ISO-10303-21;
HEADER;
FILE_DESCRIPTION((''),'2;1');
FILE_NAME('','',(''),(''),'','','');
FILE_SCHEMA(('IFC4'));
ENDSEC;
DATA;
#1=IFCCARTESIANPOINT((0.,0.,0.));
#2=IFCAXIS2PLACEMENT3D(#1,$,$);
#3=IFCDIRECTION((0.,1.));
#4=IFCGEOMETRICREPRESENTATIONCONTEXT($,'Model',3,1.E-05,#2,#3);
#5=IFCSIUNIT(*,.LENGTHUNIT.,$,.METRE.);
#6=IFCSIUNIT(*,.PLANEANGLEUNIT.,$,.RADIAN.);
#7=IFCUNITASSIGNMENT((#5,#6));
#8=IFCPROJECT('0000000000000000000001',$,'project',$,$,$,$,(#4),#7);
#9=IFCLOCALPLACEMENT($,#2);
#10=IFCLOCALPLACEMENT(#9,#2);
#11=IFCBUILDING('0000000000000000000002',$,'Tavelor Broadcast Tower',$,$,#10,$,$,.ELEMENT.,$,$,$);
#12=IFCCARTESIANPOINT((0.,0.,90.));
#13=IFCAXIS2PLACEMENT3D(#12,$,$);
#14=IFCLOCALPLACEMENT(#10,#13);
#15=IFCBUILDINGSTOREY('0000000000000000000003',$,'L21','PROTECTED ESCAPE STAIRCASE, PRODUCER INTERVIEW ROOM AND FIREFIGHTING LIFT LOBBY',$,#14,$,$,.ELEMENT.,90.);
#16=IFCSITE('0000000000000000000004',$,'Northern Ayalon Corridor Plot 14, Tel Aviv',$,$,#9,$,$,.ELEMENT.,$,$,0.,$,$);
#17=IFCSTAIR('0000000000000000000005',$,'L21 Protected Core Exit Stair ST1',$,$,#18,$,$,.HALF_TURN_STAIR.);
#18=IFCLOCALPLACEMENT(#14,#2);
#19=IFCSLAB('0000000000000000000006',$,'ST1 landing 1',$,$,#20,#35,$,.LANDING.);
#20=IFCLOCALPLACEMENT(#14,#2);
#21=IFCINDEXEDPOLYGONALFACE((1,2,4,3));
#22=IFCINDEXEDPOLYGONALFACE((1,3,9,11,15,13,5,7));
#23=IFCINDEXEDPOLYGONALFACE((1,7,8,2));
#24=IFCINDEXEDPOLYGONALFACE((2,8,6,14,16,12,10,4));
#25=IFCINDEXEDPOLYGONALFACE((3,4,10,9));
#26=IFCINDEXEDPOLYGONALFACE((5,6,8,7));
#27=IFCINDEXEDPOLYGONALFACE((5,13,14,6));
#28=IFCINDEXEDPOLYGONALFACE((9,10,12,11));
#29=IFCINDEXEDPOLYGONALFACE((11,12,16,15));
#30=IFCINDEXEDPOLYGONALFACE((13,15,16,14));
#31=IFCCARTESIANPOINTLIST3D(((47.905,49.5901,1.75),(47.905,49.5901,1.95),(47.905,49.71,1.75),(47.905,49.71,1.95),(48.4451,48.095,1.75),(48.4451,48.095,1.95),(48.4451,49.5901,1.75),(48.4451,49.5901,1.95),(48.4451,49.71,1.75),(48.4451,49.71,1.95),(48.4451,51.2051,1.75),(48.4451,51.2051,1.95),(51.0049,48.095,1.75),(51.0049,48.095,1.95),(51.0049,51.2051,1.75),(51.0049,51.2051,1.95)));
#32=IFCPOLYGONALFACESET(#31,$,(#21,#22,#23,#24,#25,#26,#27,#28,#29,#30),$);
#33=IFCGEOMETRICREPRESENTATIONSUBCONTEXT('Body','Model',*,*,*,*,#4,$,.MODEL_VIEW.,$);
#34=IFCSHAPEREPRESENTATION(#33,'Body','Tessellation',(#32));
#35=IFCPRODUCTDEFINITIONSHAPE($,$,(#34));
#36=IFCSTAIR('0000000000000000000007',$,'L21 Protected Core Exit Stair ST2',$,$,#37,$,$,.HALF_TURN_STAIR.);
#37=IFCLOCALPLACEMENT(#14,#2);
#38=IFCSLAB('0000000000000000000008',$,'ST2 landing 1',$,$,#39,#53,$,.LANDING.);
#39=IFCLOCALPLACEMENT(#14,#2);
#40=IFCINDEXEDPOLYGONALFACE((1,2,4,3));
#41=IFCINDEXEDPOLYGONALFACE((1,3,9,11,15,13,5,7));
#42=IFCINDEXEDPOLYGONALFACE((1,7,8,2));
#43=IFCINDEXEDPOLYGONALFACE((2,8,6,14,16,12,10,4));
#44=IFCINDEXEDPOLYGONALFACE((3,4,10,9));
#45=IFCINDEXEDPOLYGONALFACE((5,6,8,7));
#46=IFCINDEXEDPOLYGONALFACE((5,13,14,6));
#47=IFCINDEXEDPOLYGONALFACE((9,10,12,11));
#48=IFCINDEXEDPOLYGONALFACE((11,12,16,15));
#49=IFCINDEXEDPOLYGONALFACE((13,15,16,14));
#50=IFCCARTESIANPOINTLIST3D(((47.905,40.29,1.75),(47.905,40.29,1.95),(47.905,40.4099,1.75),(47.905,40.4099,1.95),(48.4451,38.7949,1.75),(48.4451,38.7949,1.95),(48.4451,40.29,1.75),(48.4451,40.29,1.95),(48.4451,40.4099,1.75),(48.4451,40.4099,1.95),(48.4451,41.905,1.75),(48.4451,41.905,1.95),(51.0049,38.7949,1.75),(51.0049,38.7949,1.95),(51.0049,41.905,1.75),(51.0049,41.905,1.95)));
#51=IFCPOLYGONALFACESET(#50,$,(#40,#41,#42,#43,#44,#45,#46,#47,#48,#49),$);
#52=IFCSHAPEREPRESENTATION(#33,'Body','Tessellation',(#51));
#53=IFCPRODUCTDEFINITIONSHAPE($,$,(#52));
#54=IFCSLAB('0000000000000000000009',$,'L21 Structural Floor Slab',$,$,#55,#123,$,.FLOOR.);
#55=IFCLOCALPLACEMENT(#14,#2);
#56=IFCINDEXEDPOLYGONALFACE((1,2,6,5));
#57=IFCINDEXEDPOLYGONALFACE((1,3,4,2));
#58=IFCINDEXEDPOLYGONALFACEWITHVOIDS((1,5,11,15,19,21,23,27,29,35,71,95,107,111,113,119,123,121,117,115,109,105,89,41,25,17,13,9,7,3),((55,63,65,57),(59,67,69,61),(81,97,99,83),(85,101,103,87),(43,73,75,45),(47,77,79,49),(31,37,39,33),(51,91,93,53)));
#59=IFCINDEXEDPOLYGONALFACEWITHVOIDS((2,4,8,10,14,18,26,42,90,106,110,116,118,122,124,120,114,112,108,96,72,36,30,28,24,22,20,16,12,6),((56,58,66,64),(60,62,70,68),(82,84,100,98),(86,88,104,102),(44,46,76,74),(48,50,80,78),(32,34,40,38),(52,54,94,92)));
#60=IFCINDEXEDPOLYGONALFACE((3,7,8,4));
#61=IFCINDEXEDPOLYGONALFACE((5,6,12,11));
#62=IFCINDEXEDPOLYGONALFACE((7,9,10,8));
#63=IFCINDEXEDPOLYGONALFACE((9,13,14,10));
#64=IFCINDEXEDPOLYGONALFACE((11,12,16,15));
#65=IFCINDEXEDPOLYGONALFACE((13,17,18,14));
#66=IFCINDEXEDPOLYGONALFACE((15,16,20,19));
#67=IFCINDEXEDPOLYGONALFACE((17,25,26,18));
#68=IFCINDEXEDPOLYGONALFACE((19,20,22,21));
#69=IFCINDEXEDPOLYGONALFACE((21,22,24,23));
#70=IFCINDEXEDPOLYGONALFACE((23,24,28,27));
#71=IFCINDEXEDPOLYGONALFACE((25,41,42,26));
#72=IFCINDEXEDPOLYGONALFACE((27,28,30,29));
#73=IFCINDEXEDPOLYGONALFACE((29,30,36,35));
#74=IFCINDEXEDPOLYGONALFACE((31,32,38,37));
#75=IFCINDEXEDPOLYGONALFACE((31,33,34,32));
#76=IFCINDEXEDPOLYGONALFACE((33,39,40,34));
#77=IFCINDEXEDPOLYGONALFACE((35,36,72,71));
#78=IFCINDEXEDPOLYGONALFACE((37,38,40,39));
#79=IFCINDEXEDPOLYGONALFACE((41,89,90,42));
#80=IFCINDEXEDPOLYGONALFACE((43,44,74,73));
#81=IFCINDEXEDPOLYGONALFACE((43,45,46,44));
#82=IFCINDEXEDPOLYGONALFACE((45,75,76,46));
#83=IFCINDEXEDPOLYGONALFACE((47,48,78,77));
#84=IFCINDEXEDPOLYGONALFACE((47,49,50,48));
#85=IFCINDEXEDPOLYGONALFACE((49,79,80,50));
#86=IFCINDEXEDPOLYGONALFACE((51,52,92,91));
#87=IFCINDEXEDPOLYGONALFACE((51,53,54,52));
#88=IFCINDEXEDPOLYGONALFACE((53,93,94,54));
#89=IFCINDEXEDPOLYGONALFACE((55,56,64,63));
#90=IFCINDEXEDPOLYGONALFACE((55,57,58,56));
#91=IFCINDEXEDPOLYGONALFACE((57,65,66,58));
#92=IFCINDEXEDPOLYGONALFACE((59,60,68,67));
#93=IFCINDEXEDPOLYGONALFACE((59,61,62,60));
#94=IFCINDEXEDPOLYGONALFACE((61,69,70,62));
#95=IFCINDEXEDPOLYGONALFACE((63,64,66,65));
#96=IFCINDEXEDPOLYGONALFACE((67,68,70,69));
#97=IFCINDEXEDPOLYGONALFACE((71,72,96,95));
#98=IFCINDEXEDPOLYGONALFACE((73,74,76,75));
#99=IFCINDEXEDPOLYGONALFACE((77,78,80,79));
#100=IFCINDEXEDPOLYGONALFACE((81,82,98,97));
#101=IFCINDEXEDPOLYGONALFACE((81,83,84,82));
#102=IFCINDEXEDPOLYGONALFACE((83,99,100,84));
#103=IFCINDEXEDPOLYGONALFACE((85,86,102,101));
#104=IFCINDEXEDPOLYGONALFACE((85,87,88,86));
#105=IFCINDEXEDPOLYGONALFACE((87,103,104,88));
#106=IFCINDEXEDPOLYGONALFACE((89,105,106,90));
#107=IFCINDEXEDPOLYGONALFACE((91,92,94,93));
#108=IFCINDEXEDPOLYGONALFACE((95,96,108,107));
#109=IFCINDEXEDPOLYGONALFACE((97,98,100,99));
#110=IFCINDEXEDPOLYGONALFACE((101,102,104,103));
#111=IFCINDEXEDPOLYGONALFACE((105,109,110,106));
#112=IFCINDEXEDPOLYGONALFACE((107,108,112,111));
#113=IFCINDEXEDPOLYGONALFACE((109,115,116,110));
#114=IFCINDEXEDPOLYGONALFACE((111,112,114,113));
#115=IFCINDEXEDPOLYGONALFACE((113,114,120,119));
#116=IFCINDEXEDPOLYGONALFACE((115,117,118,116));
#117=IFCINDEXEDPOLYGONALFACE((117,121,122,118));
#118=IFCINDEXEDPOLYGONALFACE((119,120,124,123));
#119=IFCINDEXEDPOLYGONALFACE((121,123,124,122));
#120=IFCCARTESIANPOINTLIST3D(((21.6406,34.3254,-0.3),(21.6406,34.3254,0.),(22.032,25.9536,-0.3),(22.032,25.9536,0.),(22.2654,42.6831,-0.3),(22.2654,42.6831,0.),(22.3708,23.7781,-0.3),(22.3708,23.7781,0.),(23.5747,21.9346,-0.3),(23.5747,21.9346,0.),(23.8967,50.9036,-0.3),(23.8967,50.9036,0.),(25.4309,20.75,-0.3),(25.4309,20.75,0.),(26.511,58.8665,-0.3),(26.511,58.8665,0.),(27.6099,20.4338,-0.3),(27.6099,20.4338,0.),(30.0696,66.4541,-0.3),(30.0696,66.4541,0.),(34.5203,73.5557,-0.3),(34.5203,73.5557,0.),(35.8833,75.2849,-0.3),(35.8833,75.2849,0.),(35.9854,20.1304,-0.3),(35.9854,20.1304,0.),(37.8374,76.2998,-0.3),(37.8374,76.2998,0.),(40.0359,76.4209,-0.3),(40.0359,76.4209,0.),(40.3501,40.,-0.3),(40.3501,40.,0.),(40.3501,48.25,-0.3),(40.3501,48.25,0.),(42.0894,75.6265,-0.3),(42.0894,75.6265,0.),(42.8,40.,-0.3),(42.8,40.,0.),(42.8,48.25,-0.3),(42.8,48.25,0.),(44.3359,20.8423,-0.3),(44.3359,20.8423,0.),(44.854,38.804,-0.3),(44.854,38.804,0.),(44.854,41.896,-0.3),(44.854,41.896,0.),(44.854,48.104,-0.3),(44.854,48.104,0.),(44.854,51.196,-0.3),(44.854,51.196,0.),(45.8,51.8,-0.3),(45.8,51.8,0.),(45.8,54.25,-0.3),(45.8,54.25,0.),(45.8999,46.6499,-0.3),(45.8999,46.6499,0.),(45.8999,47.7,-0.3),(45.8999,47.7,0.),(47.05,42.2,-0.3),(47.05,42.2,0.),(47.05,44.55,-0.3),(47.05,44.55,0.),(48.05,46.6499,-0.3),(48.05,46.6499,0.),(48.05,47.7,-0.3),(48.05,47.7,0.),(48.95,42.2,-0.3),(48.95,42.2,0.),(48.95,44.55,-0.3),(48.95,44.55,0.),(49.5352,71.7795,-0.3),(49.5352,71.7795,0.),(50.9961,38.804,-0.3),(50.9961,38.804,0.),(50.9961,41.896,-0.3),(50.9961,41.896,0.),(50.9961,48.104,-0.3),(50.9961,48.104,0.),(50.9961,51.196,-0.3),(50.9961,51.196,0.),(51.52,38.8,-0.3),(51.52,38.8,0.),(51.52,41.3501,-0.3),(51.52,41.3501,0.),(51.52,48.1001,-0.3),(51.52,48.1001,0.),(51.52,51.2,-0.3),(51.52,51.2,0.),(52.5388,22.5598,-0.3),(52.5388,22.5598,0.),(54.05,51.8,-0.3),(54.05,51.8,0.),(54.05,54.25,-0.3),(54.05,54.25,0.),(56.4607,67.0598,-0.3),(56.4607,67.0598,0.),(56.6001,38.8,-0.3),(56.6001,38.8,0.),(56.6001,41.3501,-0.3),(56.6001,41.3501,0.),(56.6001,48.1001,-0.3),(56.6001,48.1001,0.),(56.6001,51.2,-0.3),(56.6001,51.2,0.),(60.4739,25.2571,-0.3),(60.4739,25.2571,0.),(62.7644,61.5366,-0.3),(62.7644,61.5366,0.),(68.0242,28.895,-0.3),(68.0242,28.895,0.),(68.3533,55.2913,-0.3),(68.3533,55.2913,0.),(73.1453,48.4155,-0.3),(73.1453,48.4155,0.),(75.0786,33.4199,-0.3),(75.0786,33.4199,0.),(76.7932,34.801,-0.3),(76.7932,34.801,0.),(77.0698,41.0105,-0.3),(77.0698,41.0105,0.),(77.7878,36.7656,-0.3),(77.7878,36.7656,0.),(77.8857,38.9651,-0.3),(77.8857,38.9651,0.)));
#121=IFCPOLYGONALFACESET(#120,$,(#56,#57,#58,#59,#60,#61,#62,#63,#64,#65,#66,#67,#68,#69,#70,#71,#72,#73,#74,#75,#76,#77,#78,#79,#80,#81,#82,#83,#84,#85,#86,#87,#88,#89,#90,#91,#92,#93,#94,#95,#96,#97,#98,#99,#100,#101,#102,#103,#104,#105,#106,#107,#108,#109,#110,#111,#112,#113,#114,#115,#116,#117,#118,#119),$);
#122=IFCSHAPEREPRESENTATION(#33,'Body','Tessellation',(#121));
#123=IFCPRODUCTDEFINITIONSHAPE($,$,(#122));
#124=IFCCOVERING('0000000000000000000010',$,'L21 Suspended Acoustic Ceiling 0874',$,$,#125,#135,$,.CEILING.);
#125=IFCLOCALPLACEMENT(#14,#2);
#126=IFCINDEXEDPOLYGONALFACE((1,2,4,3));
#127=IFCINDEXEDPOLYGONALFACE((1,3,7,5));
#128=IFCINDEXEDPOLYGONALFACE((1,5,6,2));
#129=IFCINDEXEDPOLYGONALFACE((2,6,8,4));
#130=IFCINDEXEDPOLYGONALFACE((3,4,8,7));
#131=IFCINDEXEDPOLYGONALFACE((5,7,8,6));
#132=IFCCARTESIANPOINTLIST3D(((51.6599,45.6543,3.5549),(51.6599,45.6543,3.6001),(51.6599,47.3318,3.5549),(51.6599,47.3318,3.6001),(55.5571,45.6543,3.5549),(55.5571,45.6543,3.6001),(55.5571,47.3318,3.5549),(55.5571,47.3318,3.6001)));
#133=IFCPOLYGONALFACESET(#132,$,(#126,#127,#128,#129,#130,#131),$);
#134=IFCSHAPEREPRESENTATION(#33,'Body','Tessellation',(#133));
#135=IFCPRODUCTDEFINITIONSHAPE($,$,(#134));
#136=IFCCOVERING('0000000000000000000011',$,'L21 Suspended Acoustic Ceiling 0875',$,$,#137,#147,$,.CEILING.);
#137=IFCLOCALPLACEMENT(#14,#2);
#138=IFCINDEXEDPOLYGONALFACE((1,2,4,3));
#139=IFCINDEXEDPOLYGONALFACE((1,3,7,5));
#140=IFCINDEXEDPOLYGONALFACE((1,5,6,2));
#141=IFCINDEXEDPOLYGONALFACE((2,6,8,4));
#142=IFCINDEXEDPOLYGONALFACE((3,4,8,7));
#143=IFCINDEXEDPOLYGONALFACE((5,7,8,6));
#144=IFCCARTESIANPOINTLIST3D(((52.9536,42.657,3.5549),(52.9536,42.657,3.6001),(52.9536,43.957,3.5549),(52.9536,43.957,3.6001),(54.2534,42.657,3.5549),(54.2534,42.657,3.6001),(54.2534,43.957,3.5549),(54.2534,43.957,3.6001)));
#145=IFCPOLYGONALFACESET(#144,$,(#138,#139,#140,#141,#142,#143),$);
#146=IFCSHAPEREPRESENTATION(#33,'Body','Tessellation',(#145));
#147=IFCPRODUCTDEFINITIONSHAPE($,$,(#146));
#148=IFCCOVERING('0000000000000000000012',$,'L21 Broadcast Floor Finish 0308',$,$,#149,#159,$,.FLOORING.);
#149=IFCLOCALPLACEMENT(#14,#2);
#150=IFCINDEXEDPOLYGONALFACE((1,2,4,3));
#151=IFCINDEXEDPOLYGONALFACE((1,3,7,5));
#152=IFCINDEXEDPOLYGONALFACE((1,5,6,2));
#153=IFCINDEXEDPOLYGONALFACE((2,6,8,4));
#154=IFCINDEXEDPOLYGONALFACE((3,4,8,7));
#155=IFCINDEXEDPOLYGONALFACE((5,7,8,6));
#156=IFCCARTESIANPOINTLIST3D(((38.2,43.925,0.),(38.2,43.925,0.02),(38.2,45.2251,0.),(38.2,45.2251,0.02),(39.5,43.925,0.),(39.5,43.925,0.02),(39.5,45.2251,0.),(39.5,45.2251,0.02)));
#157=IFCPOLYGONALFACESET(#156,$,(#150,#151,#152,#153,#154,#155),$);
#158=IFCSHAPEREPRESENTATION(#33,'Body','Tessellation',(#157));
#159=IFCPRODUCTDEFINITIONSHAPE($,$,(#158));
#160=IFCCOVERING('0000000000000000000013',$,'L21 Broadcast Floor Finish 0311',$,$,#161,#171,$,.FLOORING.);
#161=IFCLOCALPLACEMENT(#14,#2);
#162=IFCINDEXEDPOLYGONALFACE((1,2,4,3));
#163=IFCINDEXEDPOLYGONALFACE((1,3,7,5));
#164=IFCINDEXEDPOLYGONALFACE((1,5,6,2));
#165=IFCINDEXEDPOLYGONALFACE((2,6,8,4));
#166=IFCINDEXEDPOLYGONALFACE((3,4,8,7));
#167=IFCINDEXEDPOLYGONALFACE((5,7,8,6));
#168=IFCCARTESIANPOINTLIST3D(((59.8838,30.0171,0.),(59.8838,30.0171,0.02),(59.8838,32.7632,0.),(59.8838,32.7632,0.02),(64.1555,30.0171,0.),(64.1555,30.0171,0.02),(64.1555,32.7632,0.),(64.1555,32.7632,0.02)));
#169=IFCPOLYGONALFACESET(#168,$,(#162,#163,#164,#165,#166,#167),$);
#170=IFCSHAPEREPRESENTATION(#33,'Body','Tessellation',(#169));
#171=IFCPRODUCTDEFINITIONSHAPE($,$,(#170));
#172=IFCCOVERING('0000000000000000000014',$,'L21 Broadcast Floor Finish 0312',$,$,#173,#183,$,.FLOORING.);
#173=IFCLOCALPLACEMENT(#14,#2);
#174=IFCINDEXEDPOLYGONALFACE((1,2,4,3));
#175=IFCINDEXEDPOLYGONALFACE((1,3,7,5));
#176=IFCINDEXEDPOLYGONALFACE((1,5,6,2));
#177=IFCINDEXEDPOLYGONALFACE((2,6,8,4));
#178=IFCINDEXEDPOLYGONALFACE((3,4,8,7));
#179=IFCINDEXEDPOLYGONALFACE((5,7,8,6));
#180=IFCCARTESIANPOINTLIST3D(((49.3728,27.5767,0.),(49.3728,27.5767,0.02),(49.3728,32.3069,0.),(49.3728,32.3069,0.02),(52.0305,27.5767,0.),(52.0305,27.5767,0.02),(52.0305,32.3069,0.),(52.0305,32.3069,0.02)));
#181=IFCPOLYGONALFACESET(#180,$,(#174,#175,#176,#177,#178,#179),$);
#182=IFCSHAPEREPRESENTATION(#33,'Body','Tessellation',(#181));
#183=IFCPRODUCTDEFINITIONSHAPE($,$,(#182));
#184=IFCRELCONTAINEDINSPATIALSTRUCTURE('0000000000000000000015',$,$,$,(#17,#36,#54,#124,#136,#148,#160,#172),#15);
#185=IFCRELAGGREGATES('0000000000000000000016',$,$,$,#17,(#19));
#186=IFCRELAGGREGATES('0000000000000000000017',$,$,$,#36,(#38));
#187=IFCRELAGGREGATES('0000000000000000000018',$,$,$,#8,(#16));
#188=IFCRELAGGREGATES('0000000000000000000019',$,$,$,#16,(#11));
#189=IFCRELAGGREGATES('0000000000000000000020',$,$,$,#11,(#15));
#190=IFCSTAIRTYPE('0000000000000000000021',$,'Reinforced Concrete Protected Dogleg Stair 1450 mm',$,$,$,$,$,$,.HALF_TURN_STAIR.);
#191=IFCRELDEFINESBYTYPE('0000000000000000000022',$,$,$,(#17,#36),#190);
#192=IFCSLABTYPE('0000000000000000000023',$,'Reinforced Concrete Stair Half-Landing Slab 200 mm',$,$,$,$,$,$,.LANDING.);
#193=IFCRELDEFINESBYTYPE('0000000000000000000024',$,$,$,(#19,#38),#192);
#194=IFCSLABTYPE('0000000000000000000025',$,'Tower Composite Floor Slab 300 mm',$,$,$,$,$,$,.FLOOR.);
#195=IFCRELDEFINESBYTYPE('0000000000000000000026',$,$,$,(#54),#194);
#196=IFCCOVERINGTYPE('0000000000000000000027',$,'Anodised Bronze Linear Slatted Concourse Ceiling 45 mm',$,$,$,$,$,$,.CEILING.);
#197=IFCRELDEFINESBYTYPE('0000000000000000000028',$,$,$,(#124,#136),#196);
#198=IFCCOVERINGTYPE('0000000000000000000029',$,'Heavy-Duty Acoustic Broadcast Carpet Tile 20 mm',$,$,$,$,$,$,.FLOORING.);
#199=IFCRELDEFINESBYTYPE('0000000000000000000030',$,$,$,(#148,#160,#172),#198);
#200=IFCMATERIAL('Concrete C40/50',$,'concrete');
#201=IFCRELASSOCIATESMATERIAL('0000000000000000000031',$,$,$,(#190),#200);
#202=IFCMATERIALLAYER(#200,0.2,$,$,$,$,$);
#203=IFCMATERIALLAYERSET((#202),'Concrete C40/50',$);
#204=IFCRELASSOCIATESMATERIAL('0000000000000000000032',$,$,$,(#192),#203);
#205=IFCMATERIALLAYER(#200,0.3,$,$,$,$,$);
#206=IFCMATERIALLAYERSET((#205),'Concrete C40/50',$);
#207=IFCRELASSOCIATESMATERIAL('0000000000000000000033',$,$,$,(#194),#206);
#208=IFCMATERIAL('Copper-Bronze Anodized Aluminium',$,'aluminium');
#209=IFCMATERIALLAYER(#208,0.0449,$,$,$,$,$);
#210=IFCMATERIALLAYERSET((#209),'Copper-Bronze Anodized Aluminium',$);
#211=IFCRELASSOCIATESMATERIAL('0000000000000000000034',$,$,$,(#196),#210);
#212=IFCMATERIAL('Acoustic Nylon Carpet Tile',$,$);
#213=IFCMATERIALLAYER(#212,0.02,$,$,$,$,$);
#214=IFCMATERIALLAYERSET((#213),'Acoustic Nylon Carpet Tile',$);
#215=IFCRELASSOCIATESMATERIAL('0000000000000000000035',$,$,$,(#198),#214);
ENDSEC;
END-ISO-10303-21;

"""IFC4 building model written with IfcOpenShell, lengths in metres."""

from ifc_helpers import new_model, si_unit, direction, frame, origin, place, context, subcontext, project, spatial, polyline, outline, extrude, material, layer, layer_set, type_object, element, aggregate, save


model = new_model("IFC4")

# Units and contexts
model_context = context("Model", 3, precision=1e-05, world=origin(), true_north=direction((0.0, 1.0)))
body_context = subcontext(model_context, "Body", "Model", "MODEL_VIEW")
ifc_project = project(units=[si_unit("LENGTHUNIT", "METRE"), si_unit("PLANEANGLEUNIT", "RADIAN")], contexts=[model_context])

# Site, building, storey
site_placement = place(None, origin())
site = spatial("IfcSite", under=ifc_project, at=site_placement, Name="Northern Ayalon Corridor Plot 14, Tel Aviv", CompositionType="ELEMENT", RefElevation=0.0)
building_placement = place(site_placement, origin())
building = spatial("IfcBuilding", under=site, at=building_placement, Name="Tavelor Broadcast Tower", CompositionType="ELEMENT")
storey_placement = place(building_placement, frame((0.0, 0.0, 90.0)))
storey = spatial("IfcBuildingStorey", under=building, at=storey_placement, Name="L21", Description="PROTECTED ESCAPE STAIRCASE, PRODUCER INTERVIEW ROOM AND FIREFIGHTING LIFT LOBBY", CompositionType="ELEMENT", Elevation=90.0)

# Stairs, slabs
ifc_material_1 = material(Name="Concrete C40/50", Category="concrete")
stair_type = type_object("IfcStairType", Name="Reinforced Concrete Protected Dogleg Stair 1450 mm", PredefinedType="HALF_TURN_STAIR", material=ifc_material_1)
stair_1_placement = place(storey_placement, origin())
stair_1 = element("IfcStair", 1, at=stair_1_placement, inside=storey, type_object=stair_type, Name="L21 Protected Core Exit Stair ST1", PredefinedType="HALF_TURN_STAIR")
ifc_layer_1 = layer(ifc_material_1, 0.2)
ifc_layer_set_1 = layer_set([ifc_layer_1], Name="Concrete C40/50")
slab_type_1 = type_object("IfcSlabType", Name="Reinforced Concrete Stair Half-Landing Slab 200 mm", PredefinedType="LANDING", material=ifc_layer_set_1)
slab_1_placement = place(storey_placement, frame((0.0, 0.0, 1.75)))
slab_1 = element("IfcSlab", 2, at=slab_1_placement, type_object=slab_type_1, Name="ST1 landing 1", PredefinedType="LANDING", context=body_context, shape_type="SweptSolid", body=[
    extrude(outline(polyline([(48.4451, 49.5901), (48.4451, 48.095), (51.0049, 48.095), (51.0049, 51.2051), (48.4451, 51.2051), (48.4451, 49.71), (47.905, 49.71), (47.905, 49.5901), (48.4451, 49.5901)])), origin(), (0.0, 0.0, 1.0), 0.2),
])
aggregate(stair_1, [slab_1])
stair_2_placement = place(storey_placement, origin())
stair_2 = element("IfcStair", 3, at=stair_2_placement, inside=storey, type_object=stair_type, Name="L21 Protected Core Exit Stair ST2", PredefinedType="HALF_TURN_STAIR")
slab_2_placement = place(storey_placement, frame((0.0, 0.0, 1.75)))
slab_2 = element("IfcSlab", 4, at=slab_2_placement, type_object=slab_type_1, Name="ST2 landing 1", PredefinedType="LANDING", context=body_context, shape_type="SweptSolid", body=[
    extrude(outline(polyline([(48.4451, 40.29), (48.4451, 38.7949), (51.0049, 38.7949), (51.0049, 41.905), (48.4451, 41.905), (48.4451, 40.4099), (47.905, 40.4099), (47.905, 40.29), (48.4451, 40.29)])), origin(), (0.0, 0.0, 1.0), 0.2),
])
aggregate(stair_2, [slab_2])

# Slab
ifc_layer_2 = layer(ifc_material_1, 0.3)
ifc_layer_set_2 = layer_set([ifc_layer_2], Name="Concrete C40/50")
slab_type_2 = type_object("IfcSlabType", Name="Tower Composite Floor Slab 300 mm", PredefinedType="FLOOR", material=ifc_layer_set_2)
slab_3_placement = place(storey_placement, frame((0.0, 0.0, -0.3)))
element("IfcSlab", 5, at=slab_3_placement, inside=storey, type_object=slab_type_2, Name="L21 Structural Floor Slab", PredefinedType="FLOOR", context=body_context, shape_type="SweptSolid", body=[
    extrude(outline(polyline([(42.0894, 75.6265), (40.0359, 76.4209), (37.8374, 76.2998), (35.8833, 75.2849), (34.5203, 73.5557), (30.0696, 66.4541), (26.511, 58.8665), (23.8967, 50.9036), (22.2654, 42.6831), (21.6406, 34.3254), (22.032, 25.9536), (22.3708, 23.7781), (23.5747, 21.9346), (25.4309, 20.75), (27.6099, 20.4338), (35.9854, 20.1304), (44.3359, 20.8423), (52.5388, 22.5598), (60.4739, 25.2571), (68.0242, 28.895), (75.0786, 33.4199), (76.7932, 34.801), (77.7878, 36.7656), (77.8857, 38.9651), (77.0698, 41.0105), (73.1453, 48.4155), (68.3533, 55.2913), (62.7644, 61.5366), (56.4607, 67.0598), (49.5352, 71.7795), (42.0894, 75.6265)]), holes=[polyline([(56.6001, 38.8), (51.52, 38.8), (51.52, 41.3501), (56.6001, 41.3501), (56.6001, 38.8)]), polyline([(50.9961, 38.804), (44.854, 38.804), (44.854, 41.896), (50.9961, 41.896), (50.9961, 38.804)]), polyline([(47.05, 42.2), (47.05, 44.55), (48.95, 44.55), (48.95, 42.2), (47.05, 42.2)]), polyline([(40.3501, 40.0), (40.3501, 48.25), (42.8, 48.25), (42.8, 40.0), (40.3501, 40.0)]), polyline([(48.05, 46.6499), (45.8999, 46.6499), (45.8999, 47.7), (48.05, 47.7), (48.05, 46.6499)]), polyline([(50.9961, 48.104), (44.854, 48.104), (44.854, 51.196), (50.9961, 51.196), (50.9961, 48.104)]), polyline([(56.6001, 48.1001), (51.52, 48.1001), (51.52, 51.2), (56.6001, 51.2), (56.6001, 48.1001)]), polyline([(54.05, 51.8), (45.8, 51.8), (45.8, 54.25), (54.05, 54.25), (54.05, 51.8)])]), origin(), (0.0, 0.0, 1.0), 0.3),
])

# Coverings
ifc_material_2 = material(Name="Copper-Bronze Anodized Aluminium", Category="aluminium")
ifc_layer_3 = layer(ifc_material_2, 0.0449)
ifc_layer_set_3 = layer_set([ifc_layer_3], Name="Copper-Bronze Anodized Aluminium")
covering_type_1 = type_object("IfcCoveringType", Name="Anodised Bronze Linear Slatted Concourse Ceiling 45 mm", PredefinedType="CEILING", material=ifc_layer_set_3)
covering_1_placement = place(storey_placement, frame((0.0, 0.0, 3.5549)))
element("IfcCovering", 6, at=covering_1_placement, inside=storey, type_object=covering_type_1, Name="L21 Suspended Acoustic Ceiling 0874", PredefinedType="CEILING", context=body_context, shape_type="SweptSolid", body=[
    extrude(outline(polyline([(51.6599, 45.6543), (55.5571, 45.6543), (55.5571, 47.3318), (51.6599, 47.3318), (51.6599, 45.6543)])), origin(), (0.0, 0.0, 1.0), 0.0452),
])
covering_2_placement = place(storey_placement, frame((0.0, 0.0, 3.5549)))
element("IfcCovering", 7, at=covering_2_placement, inside=storey, type_object=covering_type_1, Name="L21 Suspended Acoustic Ceiling 0875", PredefinedType="CEILING", context=body_context, shape_type="SweptSolid", body=[
    extrude(outline(polyline([(52.9536, 42.657), (54.2534, 42.657), (54.2534, 43.957), (52.9536, 43.957), (52.9536, 42.657)])), origin(), (0.0, 0.0, 1.0), 0.0452),
])
ifc_material_3 = material(Name="Acoustic Nylon Carpet Tile")
ifc_layer_4 = layer(ifc_material_3, 0.02)
ifc_layer_set_4 = layer_set([ifc_layer_4], Name="Acoustic Nylon Carpet Tile")
covering_type_2 = type_object("IfcCoveringType", Name="Heavy-Duty Acoustic Broadcast Carpet Tile 20 mm", PredefinedType="FLOORING", material=ifc_layer_set_4)
covering_3_placement = place(storey_placement, origin())
element("IfcCovering", 8, at=covering_3_placement, inside=storey, type_object=covering_type_2, Name="L21 Broadcast Floor Finish 0308", PredefinedType="FLOORING", context=body_context, shape_type="SweptSolid", body=[
    extrude(outline(polyline([(38.2, 43.925), (39.5, 43.925), (39.5, 45.2251), (38.2, 45.2251), (38.2, 43.925)])), origin(), (0.0, 0.0, 1.0), 0.02),
])
covering_4_placement = place(storey_placement, origin())
element("IfcCovering", 9, at=covering_4_placement, inside=storey, type_object=covering_type_2, Name="L21 Broadcast Floor Finish 0311", PredefinedType="FLOORING", context=body_context, shape_type="SweptSolid", body=[
    extrude(outline(polyline([(59.8838, 30.0171), (64.1555, 30.0171), (64.1555, 32.7632), (59.8838, 32.7632), (59.8838, 30.0171)])), origin(), (0.0, 0.0, 1.0), 0.02),
])
covering_5_placement = place(storey_placement, origin())
element("IfcCovering", 10, at=covering_5_placement, inside=storey, type_object=covering_type_2, Name="L21 Broadcast Floor Finish 0312", PredefinedType="FLOORING", context=body_context, shape_type="SweptSolid", body=[
    extrude(outline(polyline([(49.3728, 27.5767), (52.0305, 27.5767), (52.0305, 32.3069), (49.3728, 32.3069), (49.3728, 27.5767)])), origin(), (0.0, 0.0, 1.0), 0.02),
])

save(model, "model.ifc")
